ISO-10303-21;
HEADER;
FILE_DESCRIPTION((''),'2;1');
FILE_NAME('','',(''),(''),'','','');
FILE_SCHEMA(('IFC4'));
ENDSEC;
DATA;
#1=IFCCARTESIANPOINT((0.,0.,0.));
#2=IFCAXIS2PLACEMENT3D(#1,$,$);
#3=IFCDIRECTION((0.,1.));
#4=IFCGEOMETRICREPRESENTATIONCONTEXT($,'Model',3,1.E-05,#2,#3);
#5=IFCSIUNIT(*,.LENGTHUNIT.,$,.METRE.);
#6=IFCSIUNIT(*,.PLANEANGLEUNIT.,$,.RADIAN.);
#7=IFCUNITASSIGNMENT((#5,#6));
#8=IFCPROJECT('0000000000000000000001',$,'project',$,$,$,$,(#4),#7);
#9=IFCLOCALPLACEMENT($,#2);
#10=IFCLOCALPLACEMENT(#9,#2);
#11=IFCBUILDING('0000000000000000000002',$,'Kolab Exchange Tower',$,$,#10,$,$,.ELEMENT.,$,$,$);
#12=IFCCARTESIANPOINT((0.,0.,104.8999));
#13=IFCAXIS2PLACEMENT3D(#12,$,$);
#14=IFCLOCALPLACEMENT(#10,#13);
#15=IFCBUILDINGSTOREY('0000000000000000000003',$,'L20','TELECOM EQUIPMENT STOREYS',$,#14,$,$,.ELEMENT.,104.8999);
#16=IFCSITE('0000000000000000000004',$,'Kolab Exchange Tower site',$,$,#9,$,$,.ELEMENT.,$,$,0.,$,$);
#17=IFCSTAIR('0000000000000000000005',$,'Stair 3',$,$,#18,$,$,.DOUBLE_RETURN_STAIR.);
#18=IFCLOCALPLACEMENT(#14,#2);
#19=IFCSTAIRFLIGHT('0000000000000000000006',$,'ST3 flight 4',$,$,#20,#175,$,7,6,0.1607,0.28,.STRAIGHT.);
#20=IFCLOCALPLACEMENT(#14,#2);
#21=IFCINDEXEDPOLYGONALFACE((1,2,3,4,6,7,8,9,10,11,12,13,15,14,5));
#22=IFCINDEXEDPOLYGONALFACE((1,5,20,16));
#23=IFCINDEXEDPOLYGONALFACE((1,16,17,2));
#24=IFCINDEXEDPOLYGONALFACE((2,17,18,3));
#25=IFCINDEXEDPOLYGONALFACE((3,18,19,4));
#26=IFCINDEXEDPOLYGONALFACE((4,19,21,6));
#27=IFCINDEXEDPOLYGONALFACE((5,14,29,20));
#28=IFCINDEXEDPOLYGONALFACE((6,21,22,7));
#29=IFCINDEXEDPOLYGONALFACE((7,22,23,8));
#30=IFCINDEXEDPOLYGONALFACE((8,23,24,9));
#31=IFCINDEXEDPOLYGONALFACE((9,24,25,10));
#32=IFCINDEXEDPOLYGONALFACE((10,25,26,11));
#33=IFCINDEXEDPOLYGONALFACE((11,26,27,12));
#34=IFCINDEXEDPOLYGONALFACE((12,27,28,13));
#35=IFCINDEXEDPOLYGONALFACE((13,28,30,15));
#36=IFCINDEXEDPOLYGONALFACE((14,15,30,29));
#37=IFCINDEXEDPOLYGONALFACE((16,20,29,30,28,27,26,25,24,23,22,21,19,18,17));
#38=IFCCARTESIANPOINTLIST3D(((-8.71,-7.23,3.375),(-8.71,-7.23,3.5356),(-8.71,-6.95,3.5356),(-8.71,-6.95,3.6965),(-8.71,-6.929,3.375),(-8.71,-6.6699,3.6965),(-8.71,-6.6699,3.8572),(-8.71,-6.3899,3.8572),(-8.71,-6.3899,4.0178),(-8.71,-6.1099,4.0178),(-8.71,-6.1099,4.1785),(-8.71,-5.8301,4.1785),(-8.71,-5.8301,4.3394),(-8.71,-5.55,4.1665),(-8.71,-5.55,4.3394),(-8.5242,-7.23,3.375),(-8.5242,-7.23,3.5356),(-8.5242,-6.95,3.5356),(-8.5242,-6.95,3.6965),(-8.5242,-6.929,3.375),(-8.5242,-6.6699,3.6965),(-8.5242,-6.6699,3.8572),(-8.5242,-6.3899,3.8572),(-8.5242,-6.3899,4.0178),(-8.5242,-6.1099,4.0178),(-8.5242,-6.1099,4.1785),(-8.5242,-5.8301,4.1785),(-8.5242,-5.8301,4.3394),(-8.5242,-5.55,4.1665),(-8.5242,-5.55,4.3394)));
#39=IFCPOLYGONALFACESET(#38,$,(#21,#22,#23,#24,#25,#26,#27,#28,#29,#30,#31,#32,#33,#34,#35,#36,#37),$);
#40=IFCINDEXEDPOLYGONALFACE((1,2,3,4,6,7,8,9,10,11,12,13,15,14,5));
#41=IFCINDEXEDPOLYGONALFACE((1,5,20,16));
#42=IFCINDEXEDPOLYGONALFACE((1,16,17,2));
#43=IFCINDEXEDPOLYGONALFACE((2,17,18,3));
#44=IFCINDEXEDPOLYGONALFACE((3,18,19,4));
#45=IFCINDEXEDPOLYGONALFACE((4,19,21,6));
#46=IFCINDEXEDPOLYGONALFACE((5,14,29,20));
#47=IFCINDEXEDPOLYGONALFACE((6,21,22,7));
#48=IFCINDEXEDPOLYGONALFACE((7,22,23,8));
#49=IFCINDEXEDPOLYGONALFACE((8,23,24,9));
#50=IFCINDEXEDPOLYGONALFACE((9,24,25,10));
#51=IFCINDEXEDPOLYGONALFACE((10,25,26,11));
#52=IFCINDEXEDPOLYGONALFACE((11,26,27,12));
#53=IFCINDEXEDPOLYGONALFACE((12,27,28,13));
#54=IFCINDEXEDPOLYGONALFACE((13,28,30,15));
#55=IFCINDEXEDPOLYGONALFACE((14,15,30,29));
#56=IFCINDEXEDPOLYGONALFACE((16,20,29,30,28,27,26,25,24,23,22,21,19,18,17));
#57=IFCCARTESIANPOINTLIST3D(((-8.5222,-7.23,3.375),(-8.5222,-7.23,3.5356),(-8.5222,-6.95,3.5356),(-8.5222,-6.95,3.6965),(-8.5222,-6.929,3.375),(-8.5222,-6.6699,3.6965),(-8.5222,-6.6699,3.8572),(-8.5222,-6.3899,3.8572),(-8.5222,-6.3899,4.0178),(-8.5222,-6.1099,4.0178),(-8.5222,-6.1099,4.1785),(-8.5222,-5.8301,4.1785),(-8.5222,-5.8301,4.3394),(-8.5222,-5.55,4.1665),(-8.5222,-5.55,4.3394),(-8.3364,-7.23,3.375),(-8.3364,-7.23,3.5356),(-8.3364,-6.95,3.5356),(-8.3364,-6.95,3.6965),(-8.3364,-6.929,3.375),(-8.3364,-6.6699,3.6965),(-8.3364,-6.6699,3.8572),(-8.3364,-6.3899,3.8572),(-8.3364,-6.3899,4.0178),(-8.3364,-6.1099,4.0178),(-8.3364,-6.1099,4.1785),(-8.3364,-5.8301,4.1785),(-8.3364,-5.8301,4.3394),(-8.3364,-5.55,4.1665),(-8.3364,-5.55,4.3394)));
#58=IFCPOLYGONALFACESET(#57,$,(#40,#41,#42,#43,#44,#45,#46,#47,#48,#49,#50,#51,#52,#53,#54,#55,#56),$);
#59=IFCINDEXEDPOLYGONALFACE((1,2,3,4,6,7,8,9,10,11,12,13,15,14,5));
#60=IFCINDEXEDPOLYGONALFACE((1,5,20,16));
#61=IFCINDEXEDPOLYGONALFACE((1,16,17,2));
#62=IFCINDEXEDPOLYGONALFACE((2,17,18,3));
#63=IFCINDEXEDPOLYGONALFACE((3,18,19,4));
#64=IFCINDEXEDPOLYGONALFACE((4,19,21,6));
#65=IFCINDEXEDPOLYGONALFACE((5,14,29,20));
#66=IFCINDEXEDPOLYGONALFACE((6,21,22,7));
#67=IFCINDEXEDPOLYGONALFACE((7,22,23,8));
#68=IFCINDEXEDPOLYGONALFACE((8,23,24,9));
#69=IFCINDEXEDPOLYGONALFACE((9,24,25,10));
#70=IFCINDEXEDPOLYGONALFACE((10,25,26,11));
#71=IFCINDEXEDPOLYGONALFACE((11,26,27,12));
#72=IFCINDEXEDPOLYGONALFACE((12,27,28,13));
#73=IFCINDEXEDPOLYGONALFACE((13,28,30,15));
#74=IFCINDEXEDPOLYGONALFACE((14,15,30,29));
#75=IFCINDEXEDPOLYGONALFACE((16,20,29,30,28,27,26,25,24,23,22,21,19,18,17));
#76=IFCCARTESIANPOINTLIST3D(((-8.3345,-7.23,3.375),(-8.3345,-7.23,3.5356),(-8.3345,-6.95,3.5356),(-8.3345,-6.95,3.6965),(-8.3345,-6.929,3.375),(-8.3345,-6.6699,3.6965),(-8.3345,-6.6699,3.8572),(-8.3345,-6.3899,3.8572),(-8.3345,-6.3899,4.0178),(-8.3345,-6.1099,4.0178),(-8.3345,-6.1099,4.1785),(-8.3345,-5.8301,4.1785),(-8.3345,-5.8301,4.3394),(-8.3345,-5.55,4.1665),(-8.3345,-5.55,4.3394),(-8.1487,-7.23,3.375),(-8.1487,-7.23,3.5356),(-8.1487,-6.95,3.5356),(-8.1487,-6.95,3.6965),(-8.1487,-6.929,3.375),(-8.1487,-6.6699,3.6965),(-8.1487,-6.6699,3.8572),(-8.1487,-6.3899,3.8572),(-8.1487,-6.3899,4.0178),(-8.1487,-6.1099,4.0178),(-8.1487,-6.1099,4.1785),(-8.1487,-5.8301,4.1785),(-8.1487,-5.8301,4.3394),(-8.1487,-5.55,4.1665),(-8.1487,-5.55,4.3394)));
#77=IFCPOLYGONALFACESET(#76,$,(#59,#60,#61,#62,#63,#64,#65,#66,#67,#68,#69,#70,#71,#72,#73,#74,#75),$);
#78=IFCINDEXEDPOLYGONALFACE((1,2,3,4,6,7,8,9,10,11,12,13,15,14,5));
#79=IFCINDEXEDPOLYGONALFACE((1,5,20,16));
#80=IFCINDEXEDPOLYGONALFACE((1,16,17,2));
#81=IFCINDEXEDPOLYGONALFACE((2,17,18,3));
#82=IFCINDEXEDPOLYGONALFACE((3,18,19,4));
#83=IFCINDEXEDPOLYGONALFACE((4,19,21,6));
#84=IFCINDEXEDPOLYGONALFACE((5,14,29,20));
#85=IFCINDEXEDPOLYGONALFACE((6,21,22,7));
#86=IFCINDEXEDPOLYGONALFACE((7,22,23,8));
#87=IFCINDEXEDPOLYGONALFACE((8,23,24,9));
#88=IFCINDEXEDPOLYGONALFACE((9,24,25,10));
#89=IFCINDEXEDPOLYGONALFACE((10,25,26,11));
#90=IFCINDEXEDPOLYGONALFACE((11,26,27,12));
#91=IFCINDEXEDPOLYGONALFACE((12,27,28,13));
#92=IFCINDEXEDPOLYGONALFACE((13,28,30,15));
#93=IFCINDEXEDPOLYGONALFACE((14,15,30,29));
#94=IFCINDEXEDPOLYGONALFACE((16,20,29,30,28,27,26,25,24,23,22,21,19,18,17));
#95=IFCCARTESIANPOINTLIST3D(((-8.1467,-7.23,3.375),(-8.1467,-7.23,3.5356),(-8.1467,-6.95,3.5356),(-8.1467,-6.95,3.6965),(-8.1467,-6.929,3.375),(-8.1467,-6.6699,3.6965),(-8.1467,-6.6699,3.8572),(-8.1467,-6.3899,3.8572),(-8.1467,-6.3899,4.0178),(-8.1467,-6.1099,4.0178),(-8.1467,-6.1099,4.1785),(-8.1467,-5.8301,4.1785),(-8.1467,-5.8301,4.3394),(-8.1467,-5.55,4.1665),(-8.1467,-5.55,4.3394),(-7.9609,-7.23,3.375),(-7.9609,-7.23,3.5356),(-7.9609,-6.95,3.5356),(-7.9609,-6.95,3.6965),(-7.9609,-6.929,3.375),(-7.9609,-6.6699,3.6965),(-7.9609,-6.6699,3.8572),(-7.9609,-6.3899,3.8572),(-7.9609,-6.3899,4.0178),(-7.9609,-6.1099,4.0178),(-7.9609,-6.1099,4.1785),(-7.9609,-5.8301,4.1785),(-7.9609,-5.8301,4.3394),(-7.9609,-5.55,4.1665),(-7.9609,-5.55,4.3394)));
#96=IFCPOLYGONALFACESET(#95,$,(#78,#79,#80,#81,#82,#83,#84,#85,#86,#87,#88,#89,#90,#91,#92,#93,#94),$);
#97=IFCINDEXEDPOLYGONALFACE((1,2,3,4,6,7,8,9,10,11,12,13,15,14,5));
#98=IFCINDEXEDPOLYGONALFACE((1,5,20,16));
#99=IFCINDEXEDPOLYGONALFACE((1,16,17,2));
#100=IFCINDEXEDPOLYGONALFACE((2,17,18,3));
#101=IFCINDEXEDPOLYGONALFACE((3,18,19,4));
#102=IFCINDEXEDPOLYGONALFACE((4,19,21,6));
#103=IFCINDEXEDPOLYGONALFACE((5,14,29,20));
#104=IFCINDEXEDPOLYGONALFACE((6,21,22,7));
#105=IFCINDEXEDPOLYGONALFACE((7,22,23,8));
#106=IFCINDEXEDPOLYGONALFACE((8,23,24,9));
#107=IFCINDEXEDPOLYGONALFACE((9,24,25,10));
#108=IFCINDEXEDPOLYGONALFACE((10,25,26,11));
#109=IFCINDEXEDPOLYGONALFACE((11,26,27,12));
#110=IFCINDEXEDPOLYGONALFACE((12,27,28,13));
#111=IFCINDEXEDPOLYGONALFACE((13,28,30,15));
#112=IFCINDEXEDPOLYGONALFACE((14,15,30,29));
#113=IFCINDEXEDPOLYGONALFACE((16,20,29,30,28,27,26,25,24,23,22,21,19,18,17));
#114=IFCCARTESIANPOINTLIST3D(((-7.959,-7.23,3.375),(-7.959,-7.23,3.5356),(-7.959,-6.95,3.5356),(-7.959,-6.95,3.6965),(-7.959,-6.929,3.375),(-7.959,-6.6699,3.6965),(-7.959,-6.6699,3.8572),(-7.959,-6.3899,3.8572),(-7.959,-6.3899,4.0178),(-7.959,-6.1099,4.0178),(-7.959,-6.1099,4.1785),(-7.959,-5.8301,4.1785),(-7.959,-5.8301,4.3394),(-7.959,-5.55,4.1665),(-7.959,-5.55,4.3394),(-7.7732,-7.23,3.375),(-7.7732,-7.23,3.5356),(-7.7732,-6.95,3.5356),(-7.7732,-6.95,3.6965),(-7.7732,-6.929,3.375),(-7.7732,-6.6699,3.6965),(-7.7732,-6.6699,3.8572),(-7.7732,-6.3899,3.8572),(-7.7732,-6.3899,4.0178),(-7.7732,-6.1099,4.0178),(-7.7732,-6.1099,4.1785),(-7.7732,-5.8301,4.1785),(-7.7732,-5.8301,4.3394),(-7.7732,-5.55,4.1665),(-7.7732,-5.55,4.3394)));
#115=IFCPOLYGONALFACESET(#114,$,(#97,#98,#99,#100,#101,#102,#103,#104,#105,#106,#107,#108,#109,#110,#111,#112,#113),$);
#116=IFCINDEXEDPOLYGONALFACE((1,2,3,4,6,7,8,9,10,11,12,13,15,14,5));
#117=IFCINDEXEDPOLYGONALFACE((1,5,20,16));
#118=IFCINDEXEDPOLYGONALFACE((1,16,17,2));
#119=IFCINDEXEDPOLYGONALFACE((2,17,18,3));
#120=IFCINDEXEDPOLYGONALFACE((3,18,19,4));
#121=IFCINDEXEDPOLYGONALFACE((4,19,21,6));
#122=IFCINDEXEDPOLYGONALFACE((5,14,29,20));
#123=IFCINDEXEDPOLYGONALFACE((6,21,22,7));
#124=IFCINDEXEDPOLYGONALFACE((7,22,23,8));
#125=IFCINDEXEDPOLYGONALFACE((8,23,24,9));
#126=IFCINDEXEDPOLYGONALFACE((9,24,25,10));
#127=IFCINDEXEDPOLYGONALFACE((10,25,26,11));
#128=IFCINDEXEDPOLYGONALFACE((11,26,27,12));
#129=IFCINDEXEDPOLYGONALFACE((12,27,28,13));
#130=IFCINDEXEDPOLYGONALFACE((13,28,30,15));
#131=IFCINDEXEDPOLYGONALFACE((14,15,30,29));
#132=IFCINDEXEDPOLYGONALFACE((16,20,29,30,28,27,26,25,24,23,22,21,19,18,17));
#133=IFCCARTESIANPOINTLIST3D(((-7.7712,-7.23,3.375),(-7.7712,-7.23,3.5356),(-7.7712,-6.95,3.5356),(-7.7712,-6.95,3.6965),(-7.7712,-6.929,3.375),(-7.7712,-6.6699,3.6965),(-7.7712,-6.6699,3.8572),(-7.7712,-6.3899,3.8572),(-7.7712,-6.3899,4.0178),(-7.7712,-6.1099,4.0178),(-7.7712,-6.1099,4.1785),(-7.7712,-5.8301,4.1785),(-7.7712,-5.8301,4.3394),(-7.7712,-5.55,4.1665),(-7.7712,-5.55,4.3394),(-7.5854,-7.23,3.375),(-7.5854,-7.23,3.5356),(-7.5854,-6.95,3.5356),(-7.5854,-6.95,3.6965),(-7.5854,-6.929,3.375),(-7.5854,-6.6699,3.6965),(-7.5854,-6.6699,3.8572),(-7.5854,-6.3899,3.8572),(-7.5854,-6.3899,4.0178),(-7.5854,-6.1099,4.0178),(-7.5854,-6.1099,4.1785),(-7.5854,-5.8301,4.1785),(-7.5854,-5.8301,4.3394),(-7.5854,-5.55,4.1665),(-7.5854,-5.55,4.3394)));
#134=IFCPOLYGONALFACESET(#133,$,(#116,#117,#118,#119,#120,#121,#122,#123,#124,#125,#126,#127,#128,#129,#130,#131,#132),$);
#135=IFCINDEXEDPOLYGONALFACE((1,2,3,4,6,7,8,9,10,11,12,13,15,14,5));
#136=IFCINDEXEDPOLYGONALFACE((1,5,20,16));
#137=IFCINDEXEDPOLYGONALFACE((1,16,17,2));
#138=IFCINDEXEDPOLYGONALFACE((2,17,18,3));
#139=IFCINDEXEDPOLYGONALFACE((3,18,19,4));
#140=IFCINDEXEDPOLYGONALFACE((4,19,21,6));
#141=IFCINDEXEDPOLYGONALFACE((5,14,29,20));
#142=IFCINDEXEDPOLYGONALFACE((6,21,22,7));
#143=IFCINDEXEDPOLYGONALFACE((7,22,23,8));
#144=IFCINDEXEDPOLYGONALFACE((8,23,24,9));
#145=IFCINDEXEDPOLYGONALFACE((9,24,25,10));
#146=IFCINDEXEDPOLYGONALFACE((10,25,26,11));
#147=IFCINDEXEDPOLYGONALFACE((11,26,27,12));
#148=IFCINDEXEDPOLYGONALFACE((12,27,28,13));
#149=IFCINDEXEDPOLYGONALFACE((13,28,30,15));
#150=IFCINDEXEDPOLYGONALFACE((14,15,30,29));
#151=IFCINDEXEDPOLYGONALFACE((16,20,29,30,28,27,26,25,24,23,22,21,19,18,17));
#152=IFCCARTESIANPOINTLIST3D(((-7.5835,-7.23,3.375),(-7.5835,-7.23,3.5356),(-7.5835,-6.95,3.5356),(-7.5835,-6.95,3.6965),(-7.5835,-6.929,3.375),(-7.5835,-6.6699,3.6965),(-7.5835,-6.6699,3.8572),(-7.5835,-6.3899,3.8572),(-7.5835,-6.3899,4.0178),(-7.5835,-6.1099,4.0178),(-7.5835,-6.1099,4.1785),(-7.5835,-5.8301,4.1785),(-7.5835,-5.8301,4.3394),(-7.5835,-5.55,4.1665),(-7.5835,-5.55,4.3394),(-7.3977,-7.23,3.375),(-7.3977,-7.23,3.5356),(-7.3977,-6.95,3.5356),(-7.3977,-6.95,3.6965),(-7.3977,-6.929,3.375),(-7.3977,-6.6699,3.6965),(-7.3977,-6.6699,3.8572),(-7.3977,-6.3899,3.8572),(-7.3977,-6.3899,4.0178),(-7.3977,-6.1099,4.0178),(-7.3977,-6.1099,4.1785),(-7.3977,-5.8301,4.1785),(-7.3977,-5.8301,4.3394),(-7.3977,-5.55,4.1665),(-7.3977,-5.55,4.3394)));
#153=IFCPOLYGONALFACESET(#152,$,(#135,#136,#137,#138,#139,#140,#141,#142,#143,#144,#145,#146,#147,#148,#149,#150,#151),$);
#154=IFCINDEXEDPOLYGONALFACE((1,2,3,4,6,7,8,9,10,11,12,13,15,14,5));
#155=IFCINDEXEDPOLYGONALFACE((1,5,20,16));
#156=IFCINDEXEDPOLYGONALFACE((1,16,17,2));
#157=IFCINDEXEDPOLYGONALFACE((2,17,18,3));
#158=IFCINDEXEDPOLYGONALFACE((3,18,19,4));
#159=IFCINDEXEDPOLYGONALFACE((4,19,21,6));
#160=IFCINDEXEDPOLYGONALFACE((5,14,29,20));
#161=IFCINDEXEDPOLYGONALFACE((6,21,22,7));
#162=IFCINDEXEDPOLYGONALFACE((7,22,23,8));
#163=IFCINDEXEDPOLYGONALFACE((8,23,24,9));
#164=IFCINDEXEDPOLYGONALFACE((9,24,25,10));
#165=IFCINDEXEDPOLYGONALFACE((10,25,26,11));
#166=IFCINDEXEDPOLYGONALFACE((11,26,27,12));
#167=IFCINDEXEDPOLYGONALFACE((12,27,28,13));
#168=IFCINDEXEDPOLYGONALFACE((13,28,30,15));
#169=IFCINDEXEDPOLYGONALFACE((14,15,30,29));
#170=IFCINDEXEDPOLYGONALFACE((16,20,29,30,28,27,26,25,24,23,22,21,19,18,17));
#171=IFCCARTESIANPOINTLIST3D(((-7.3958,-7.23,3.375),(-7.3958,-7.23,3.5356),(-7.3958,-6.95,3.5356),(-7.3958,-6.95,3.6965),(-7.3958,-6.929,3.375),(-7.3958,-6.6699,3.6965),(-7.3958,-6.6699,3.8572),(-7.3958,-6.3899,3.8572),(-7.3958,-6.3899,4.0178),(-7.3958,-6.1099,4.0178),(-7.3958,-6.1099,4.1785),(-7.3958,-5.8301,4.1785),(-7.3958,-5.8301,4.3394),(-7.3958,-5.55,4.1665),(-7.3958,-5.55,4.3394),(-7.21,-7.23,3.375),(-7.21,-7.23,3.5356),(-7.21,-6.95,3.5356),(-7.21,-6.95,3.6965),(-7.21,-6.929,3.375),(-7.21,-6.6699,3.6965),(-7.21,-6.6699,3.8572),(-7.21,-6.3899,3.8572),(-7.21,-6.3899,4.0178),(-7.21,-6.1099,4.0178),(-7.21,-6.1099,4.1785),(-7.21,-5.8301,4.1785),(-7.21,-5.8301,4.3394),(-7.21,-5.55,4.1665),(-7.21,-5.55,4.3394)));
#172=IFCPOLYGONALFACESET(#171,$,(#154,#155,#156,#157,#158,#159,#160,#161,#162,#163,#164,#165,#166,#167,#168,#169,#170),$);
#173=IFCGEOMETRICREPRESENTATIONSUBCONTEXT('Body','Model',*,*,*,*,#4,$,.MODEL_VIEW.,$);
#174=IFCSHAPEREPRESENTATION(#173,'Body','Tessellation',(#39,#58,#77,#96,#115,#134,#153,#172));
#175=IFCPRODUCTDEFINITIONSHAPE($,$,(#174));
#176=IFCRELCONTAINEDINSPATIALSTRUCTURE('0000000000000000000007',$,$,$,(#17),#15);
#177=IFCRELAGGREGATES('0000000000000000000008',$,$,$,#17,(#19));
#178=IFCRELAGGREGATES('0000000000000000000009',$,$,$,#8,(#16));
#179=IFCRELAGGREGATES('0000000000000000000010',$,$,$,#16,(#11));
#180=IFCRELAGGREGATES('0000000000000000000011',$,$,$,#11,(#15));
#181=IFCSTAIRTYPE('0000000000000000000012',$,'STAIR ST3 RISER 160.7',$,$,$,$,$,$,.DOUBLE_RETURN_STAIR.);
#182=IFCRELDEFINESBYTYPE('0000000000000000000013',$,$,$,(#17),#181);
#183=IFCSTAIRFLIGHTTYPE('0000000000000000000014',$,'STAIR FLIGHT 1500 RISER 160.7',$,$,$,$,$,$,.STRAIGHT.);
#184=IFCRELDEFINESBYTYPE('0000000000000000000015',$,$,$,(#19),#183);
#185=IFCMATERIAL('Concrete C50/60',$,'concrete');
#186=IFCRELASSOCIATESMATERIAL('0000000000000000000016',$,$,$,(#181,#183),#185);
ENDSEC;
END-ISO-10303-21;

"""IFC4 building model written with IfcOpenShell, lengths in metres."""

from ifc_helpers import new_model, si_unit, direction, frame, origin, place, context, subcontext, project, spatial, polyline, outline, extrude, material, type_object, element, aggregate, save


model = new_model("IFC4")

# Units and contexts
model_context = context("Model", 3, precision=1e-05, world=origin(), true_north=direction((0.0, 1.0)))
body_context = subcontext(model_context, "Body", "Model", "MODEL_VIEW")
ifc_project = project(units=[si_unit("LENGTHUNIT", "METRE"), si_unit("PLANEANGLEUNIT", "RADIAN")], contexts=[model_context])

# Site, building, storey
site_placement = place(None, origin())
site = spatial("IfcSite", under=ifc_project, at=site_placement, Name="Kolab Exchange Tower site", CompositionType="ELEMENT", RefElevation=0.0)
building_placement = place(site_placement, origin())
building = spatial("IfcBuilding", under=site, at=building_placement, Name="Kolab Exchange Tower", CompositionType="ELEMENT")
storey_placement = place(building_placement, frame((0.0, 0.0, 104.8999)))
storey = spatial("IfcBuildingStorey", under=building, at=storey_placement, Name="L20", Description="TELECOM EQUIPMENT STOREYS", CompositionType="ELEMENT", Elevation=104.8999)

# Shared definitions
ifc_material_1 = material(Name="Concrete C50/60", Category="concrete")

# Stair, stair flight
stair_type = type_object("IfcStairType", Name="STAIR ST3 RISER 160.7", PredefinedType="DOUBLE_RETURN_STAIR", material=ifc_material_1)
stair_placement = place(storey_placement, origin())
stair = element("IfcStair", 1, at=stair_placement, inside=storey, type_object=stair_type, Name="Stair 3", PredefinedType="DOUBLE_RETURN_STAIR")
stair_flight_type = type_object("IfcStairFlightType", Name="STAIR FLIGHT 1500 RISER 160.7", PredefinedType="STRAIGHT", material=ifc_material_1)
stair_flight_1_placement = place(storey_placement, frame((-7.96, -7.23, 3.375), z_axis=(0.0, 0.0, 1.0), x_axis=(0.0, 1.0, 0.0)))
stair_flight_1 = element("IfcStairFlight", 2, at=stair_flight_1_placement, type_object=stair_flight_type, Name="ST3 flight 4", NumberOfRisers=7, NumberOfTreads=6, PredefinedType="STRAIGHT", RiserHeight=0.1607, TreadLength=0.28, context=body_context, shape_type="SweptSolid", body=[
    extrude(outline(polyline([(0.0, 0.0), (0.0, 0.1606), (0.28, 0.1606), (0.28, 0.3215), (0.5601, 0.3215), (0.5601, 0.4822), (0.8401, 0.4822), (0.8401, 0.6428), (1.1201, 0.6428), (1.1201, 0.8035), (1.3999, 0.8035), (1.3999, 0.9644), (1.6799, 0.9644), (1.6799, 1.125), (1.6799, 0.7915), (0.301, 0.0), (0.0, 0.0)])), frame((0.0, 0.75, 0.0), z_axis=(0.0, -1.0, 0.0), x_axis=(1.0, 0.0, 0.0)), (0.0, 0.0, 1.0), 0.1858),
    extrude(outline(polyline([(0.0, 0.0), (0.0, 0.1606), (0.28, 0.1606), (0.28, 0.3215), (0.5601, 0.3215), (0.5601, 0.4822), (0.8401, 0.4822), (0.8401, 0.6428), (1.1201, 0.6428), (1.1201, 0.8035), (1.3999, 0.8035), (1.3999, 0.9644), (1.6799, 0.9644), (1.6799, 1.125), (1.6799, 0.7915), (0.301, 0.0), (0.0, 0.0)])), frame((0.0, 0.5623, 0.0), z_axis=(0.0, -1.0, 0.0), x_axis=(1.0, 0.0, 0.0)), (0.0, 0.0, 1.0), 0.1858),
    extrude(outline(polyline([(0.0, 0.0), (0.0, 0.1606), (0.28, 0.1606), (0.28, 0.3215), (0.5601, 0.3215), (0.5601, 0.4822), (0.8401, 0.4822), (0.8401, 0.6428), (1.1201, 0.6428), (1.1201, 0.8035), (1.3999, 0.8035), (1.3999, 0.9644), (1.6799, 0.9644), (1.6799, 1.125), (1.6799, 0.7915), (0.301, 0.0), (0.0, 0.0)])), frame((0.0, 0.3745, 0.0), z_axis=(0.0, -1.0, 0.0), x_axis=(1.0, 0.0, 0.0)), (0.0, 0.0, 1.0), 0.1858),
    extrude(outline(polyline([(0.0, 0.0), (0.0, 0.1606), (0.28, 0.1606), (0.28, 0.3215), (0.5601, 0.3215), (0.5601, 0.4822), (0.8401, 0.4822), (0.8401, 0.6428), (1.1201, 0.6428), (1.1201, 0.8035), (1.3999, 0.8035), (1.3999, 0.9644), (1.6799, 0.9644), (1.6799, 1.125), (1.6799, 0.7915), (0.301, 0.0), (0.0, 0.0)])), frame((0.0, 0.1868, 0.0), z_axis=(0.0, -1.0, 0.0), x_axis=(1.0, 0.0, 0.0)), (0.0, 0.0, 1.0), 0.1858),
    extrude(outline(polyline([(0.0, 0.0), (0.0, 0.1606), (0.28, 0.1606), (0.28, 0.3215), (0.5601, 0.3215), (0.5601, 0.4822), (0.8401, 0.4822), (0.8401, 0.6428), (1.1201, 0.6428), (1.1201, 0.8035), (1.3999, 0.8035), (1.3999, 0.9644), (1.6799, 0.9644), (1.6799, 1.125), (1.6799, 0.7915), (0.301, 0.0), (0.0, 0.0)])), frame((0.0, -0.001, 0.0), z_axis=(0.0, -1.0, 0.0), x_axis=(1.0, 0.0, 0.0)), (0.0, 0.0, 1.0), 0.1858),
    extrude(outline(polyline([(0.0, 0.0), (0.0, 0.1606), (0.28, 0.1606), (0.28, 0.3215), (0.5601, 0.3215), (0.5601, 0.4822), (0.8401, 0.4822), (0.8401, 0.6428), (1.1201, 0.6428), (1.1201, 0.8035), (1.3999, 0.8035), (1.3999, 0.9644), (1.6799, 0.9644), (1.6799, 1.125), (1.6799, 0.7915), (0.301, 0.0), (0.0, 0.0)])), frame((0.0, -0.1887, 0.0), z_axis=(0.0, -1.0, 0.0), x_axis=(1.0, 0.0, 0.0)), (0.0, 0.0, 1.0), 0.1858),
    extrude(outline(polyline([(0.0, 0.0), (0.0, 0.1606), (0.28, 0.1606), (0.28, 0.3215), (0.5601, 0.3215), (0.5601, 0.4822), (0.8401, 0.4822), (0.8401, 0.6428), (1.1201, 0.6428), (1.1201, 0.8035), (1.3999, 0.8035), (1.3999, 0.9644), (1.6799, 0.9644), (1.6799, 1.125), (1.6799, 0.7915), (0.301, 0.0), (0.0, 0.0)])), frame((0.0, -0.3765, 0.0), z_axis=(0.0, -1.0, 0.0), x_axis=(1.0, 0.0, 0.0)), (0.0, 0.0, 1.0), 0.1858),
    extrude(outline(polyline([(0.0, 0.0), (0.0, 0.1606), (0.28, 0.1606), (0.28, 0.3215), (0.5601, 0.3215), (0.5601, 0.4822), (0.8401, 0.4822), (0.8401, 0.6428), (1.1201, 0.6428), (1.1201, 0.8035), (1.3999, 0.8035), (1.3999, 0.9644), (1.6799, 0.9644), (1.6799, 1.125), (1.6799, 0.7915), (0.301, 0.0), (0.0, 0.0)])), frame((0.0, -0.5642, 0.0), z_axis=(0.0, -1.0, 0.0), x_axis=(1.0, 0.0, 0.0)), (0.0, 0.0, 1.0), 0.1858),
])
aggregate(stair, [stair_flight_1])

save(model, "model.ifc")
